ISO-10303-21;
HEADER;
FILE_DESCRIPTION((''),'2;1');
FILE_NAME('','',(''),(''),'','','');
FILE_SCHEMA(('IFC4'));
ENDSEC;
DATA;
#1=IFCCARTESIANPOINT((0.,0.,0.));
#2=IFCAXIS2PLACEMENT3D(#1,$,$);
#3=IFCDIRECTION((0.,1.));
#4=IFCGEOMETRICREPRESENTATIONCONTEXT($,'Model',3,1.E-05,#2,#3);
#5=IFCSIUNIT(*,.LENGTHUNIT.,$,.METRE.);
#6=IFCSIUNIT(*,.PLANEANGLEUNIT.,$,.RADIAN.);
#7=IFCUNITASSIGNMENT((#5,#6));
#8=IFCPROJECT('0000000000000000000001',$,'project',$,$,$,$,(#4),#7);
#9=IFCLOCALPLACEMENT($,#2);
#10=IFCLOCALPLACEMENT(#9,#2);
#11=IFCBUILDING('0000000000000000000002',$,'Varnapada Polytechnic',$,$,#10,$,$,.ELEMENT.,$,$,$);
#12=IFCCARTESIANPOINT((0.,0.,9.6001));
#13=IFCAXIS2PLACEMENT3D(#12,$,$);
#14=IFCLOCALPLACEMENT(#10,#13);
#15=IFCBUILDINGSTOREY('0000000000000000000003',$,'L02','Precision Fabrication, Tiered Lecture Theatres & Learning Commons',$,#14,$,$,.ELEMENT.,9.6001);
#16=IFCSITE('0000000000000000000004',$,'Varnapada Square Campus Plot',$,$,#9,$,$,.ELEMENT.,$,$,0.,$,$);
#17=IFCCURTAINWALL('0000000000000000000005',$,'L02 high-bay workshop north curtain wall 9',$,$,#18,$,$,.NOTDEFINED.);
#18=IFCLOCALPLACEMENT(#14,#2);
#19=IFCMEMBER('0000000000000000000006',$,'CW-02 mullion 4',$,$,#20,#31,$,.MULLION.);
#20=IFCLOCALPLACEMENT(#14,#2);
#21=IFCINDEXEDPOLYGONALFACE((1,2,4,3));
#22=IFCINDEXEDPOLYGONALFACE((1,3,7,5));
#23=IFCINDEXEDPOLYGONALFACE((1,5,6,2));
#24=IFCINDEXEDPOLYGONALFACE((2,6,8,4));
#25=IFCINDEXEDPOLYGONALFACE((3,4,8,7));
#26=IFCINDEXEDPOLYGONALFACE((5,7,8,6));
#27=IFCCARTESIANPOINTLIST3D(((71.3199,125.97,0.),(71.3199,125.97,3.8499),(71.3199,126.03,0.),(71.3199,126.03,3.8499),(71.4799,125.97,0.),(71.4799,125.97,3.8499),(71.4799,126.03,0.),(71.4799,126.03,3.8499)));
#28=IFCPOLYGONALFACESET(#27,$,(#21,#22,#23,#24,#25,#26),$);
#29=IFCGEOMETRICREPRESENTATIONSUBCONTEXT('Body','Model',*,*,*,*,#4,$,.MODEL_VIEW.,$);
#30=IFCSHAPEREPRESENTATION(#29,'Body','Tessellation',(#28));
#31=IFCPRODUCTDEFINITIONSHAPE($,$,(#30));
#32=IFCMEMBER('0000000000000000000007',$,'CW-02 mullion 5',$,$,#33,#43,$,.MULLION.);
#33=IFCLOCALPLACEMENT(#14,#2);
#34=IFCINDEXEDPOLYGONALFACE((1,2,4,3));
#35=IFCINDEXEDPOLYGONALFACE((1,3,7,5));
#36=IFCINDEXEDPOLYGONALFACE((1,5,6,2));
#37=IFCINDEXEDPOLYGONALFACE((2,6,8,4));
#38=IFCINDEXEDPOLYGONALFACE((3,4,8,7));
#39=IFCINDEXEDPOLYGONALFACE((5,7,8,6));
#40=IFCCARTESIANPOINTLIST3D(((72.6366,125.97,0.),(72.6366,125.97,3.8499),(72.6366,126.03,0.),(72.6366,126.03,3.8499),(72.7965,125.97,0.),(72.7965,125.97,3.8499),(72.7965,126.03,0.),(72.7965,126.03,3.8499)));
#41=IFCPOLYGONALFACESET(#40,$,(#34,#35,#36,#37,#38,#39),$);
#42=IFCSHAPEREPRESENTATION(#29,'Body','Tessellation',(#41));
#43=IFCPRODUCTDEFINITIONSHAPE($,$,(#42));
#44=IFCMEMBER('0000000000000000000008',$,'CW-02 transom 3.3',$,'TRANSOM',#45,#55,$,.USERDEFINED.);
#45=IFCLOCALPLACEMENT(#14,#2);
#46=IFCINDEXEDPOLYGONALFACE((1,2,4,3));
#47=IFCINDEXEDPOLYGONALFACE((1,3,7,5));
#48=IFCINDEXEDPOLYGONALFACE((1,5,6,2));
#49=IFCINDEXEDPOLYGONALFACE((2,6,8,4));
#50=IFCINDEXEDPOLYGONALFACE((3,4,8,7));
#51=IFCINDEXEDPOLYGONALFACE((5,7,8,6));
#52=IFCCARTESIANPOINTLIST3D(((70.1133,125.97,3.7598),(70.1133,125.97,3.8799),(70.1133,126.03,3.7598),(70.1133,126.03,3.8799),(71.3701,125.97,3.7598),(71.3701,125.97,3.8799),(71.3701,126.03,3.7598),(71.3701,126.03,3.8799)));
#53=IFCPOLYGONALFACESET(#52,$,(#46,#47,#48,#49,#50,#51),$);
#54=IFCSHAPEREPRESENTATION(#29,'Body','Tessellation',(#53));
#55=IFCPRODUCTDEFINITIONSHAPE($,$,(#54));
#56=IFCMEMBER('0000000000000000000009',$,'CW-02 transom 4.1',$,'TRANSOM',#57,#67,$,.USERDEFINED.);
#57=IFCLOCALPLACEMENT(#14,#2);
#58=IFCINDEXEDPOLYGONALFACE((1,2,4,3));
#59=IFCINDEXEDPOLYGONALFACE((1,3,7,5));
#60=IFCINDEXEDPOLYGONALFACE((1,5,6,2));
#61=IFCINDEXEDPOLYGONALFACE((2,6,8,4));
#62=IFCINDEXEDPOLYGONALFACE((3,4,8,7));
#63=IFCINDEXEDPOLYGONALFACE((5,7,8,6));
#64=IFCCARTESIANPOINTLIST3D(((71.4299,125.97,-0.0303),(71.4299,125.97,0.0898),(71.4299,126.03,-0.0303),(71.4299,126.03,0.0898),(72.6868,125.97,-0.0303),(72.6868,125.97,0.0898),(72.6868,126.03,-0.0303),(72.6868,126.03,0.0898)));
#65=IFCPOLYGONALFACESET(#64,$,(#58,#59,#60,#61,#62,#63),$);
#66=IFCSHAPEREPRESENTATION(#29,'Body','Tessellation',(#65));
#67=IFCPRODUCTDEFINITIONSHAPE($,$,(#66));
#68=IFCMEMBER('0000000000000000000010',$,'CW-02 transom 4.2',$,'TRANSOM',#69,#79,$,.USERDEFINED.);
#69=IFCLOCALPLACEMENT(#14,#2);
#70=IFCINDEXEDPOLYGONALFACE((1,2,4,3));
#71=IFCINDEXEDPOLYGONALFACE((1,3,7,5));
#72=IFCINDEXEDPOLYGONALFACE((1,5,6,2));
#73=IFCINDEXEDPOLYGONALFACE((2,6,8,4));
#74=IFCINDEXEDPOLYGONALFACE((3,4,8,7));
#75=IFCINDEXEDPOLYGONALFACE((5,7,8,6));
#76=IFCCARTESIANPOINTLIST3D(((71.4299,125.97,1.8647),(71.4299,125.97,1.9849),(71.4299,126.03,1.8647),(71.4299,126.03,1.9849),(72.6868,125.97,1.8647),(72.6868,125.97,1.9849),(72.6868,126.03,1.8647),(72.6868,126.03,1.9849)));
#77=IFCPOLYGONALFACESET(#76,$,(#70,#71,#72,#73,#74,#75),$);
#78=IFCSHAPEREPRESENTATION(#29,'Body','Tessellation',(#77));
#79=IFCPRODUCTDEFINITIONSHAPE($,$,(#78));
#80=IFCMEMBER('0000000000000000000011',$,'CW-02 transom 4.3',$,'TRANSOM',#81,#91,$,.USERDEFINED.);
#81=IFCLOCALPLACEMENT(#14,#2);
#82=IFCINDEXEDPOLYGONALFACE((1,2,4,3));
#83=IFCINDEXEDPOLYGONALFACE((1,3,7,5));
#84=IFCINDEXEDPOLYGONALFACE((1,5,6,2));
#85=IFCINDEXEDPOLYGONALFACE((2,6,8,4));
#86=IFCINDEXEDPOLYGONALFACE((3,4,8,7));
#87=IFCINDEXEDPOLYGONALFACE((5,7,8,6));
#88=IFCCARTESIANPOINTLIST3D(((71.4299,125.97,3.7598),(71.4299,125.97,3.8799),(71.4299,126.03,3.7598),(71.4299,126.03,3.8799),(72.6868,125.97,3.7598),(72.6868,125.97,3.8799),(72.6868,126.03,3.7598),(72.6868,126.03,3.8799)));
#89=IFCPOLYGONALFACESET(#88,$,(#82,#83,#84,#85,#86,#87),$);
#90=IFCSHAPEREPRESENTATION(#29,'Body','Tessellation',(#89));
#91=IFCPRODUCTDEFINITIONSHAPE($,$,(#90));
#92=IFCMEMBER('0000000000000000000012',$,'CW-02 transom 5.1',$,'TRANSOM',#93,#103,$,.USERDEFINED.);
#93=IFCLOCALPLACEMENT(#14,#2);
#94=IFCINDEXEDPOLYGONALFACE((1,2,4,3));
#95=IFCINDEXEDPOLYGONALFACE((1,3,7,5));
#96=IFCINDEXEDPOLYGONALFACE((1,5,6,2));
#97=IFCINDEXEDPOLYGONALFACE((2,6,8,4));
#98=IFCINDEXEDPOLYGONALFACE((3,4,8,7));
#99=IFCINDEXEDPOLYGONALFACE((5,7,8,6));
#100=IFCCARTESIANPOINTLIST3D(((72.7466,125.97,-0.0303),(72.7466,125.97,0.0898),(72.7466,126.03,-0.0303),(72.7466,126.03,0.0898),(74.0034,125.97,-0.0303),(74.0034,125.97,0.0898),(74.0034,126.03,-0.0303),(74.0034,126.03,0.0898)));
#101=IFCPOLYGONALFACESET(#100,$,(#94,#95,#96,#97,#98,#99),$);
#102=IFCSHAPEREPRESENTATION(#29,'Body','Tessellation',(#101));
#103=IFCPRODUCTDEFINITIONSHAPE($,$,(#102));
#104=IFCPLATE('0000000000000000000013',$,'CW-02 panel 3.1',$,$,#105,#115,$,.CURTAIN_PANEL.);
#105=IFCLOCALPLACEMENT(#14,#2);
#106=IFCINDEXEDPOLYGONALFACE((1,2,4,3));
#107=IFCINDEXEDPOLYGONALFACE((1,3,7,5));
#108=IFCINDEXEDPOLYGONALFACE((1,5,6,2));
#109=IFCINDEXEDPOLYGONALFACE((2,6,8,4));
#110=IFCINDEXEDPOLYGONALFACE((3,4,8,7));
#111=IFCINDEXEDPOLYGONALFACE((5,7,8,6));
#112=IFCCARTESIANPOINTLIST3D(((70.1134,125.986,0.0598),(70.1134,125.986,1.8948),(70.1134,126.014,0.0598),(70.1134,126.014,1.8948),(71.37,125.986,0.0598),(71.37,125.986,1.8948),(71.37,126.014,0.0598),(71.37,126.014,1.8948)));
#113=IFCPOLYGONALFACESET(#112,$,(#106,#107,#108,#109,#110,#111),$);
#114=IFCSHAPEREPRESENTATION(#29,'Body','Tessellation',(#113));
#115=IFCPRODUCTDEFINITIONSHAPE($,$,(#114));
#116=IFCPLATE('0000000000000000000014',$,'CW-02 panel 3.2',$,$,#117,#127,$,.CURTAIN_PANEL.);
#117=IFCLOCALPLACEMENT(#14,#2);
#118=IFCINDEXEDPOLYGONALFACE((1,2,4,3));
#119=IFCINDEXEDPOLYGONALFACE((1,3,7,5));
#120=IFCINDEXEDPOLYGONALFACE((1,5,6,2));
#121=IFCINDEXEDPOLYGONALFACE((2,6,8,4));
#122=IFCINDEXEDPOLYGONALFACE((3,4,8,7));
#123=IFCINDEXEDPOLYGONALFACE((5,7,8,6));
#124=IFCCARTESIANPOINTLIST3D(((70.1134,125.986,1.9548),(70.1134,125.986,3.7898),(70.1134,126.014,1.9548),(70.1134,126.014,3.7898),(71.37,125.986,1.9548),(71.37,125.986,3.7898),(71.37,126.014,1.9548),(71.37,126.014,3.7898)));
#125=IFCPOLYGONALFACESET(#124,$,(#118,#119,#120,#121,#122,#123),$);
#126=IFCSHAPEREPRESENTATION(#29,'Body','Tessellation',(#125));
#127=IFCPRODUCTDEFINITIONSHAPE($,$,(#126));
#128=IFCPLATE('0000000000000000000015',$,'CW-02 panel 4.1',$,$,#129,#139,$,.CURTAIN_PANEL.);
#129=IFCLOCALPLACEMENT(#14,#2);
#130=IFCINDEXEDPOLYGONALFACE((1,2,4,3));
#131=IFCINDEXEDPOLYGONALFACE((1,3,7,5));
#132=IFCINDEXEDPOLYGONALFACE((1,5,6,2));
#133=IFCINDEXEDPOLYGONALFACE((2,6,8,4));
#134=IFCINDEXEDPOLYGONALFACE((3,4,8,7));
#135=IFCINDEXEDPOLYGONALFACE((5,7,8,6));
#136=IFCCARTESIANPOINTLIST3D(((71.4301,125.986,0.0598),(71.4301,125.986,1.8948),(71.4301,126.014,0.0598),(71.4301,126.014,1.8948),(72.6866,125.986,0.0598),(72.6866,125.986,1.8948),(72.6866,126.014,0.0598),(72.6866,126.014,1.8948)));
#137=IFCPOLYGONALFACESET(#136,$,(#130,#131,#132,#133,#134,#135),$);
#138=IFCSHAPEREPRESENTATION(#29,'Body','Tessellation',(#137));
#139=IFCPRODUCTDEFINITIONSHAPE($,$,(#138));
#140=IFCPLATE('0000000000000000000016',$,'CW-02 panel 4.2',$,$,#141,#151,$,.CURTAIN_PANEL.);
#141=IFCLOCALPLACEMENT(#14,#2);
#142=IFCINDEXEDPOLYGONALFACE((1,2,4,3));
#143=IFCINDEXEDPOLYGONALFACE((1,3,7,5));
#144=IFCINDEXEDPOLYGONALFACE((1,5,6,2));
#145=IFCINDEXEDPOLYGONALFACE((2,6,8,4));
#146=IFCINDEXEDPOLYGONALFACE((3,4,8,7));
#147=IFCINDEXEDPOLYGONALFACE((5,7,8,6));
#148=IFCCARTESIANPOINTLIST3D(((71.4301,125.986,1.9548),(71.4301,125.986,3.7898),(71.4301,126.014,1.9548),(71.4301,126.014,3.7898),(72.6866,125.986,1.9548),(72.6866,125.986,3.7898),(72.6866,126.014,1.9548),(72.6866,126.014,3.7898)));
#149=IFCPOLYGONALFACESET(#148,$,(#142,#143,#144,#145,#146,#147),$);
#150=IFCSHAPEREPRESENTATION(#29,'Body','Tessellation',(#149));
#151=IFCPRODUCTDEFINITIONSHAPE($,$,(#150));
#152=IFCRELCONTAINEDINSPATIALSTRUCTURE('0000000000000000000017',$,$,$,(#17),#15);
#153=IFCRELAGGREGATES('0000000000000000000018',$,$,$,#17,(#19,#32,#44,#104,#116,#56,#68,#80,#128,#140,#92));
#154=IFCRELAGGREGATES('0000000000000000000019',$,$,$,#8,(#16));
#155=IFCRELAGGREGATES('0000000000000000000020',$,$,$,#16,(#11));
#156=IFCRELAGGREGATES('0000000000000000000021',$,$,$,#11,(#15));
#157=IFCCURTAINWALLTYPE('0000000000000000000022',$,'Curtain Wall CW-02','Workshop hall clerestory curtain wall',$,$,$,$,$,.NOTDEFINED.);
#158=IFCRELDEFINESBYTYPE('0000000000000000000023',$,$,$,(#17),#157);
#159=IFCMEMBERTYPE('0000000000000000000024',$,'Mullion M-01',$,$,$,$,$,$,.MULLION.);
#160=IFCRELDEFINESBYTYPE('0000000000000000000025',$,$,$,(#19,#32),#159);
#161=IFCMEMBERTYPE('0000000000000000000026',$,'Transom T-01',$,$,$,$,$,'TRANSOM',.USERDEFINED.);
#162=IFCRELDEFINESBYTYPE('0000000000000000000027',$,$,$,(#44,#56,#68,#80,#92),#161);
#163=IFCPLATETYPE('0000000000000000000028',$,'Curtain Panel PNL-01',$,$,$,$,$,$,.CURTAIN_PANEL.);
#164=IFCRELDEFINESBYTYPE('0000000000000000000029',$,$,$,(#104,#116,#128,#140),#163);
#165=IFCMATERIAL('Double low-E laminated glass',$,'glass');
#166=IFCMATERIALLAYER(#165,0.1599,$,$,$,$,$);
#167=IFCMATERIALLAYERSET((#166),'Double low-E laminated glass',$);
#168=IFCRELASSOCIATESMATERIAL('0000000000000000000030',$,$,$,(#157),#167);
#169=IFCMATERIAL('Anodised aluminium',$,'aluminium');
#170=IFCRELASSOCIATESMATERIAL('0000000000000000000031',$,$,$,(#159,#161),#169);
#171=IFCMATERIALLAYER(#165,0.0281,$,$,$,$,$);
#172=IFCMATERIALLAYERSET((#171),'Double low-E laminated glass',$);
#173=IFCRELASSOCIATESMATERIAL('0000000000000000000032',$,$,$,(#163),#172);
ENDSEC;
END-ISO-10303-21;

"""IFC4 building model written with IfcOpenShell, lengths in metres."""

from ifc_helpers import new_model, si_unit, direction, frame, origin, origin_2d, place, context, subcontext, project, spatial, rectangle, extrude, material, layer, layer_set, material_profile, profile_set, type_object, element, aggregate, save


model = new_model("IFC4")

# Units and contexts
model_context = context("Model", 3, precision=1e-05, world=origin(), true_north=direction((0.0, 1.0)))
body_context = subcontext(model_context, "Body", "Model", "MODEL_VIEW")
ifc_project = project(units=[si_unit("LENGTHUNIT", "METRE"), si_unit("PLANEANGLEUNIT", "RADIAN")], contexts=[model_context])

# Site, building, storey
site_placement = place(None, origin())
site = spatial("IfcSite", under=ifc_project, at=site_placement, Name="Varnapada Square Campus Plot", CompositionType="ELEMENT", RefElevation=0.0)
building_placement = place(site_placement, origin())
building = spatial("IfcBuilding", under=site, at=building_placement, Name="Varnapada Polytechnic", CompositionType="ELEMENT")
storey_placement = place(building_placement, frame((0.0, 0.0, 9.6001)))
storey = spatial("IfcBuildingStorey", under=building, at=storey_placement, Name="L02", Description="Precision Fabrication, Tiered Lecture Theatres & Learning Commons", CompositionType="ELEMENT", Elevation=9.6001)

# Curtain wall, members, plates
ifc_material_1 = material(Name="Double low-E laminated glass", Category="glass")
ifc_layer_1 = layer(ifc_material_1, 0.1599)
ifc_layer_set_1 = layer_set([ifc_layer_1], Name="Double low-E laminated glass")
curtain_wall_type = type_object("IfcCurtainWallType", Name="Curtain Wall CW-02", Description="Workshop hall clerestory curtain wall", PredefinedType="NOTDEFINED", material=ifc_layer_set_1)
curtain_wall_placement = place(storey_placement, origin())
curtain_wall = element("IfcCurtainWall", 1, at=curtain_wall_placement, inside=storey, type_object=curtain_wall_type, Name="L02 high-bay workshop north curtain wall 9", PredefinedType="NOTDEFINED")
ifc_material_2 = material(Name="Anodised aluminium", Category="aluminium")
ifc_material_profile_1 = material_profile(ifc_material_2, rectangle(XDim=0.0601, YDim=0.1599, at=origin_2d()), Name="ALU M60x160")
ifc_profile_set_1 = profile_set([ifc_material_profile_1], Name="Anodised aluminium")
member_type_1 = type_object("IfcMemberType", Name="Mullion M-01", PredefinedType="MULLION", material=ifc_profile_set_1)
member_1_placement = place(storey_placement, frame((71.3999, 126.0, 0.0), z_axis=(0.0, 0.0, 1.0), x_axis=(0.0, 1.0, 0.0)))
member_1 = element("IfcMember", 2, at=member_1_placement, type_object=member_type_1, Name="CW-02 mullion 4", PredefinedType="MULLION", context=body_context, shape_type="SweptSolid", body=[
    extrude(rectangle(XDim=0.0601, YDim=0.1599, at=origin_2d()), origin(), (0.0, 0.0, 1.0), 3.8499),
])
member_2_placement = place(storey_placement, frame((72.7166, 126.0, 0.0), z_axis=(0.0, 0.0, 1.0), x_axis=(0.0, 1.0, 0.0)))
member_2 = element("IfcMember", 3, at=member_2_placement, type_object=member_type_1, Name="CW-02 mullion 5", PredefinedType="MULLION", context=body_context, shape_type="SweptSolid", body=[
    extrude(rectangle(XDim=0.0601, YDim=0.1599, at=origin_2d()), origin(), (0.0, 0.0, 1.0), 3.8499),
])
ifc_material_profile_2 = material_profile(ifc_material_2, rectangle(XDim=0.0601, YDim=0.1201, at=origin_2d()), Name="ALU T60x120")
ifc_profile_set_2 = profile_set([ifc_material_profile_2], Name="Anodised aluminium")
member_type_2 = type_object("IfcMemberType", Name="Transom T-01", ElementType="TRANSOM", PredefinedType="USERDEFINED", material=ifc_profile_set_2)
member_3_placement = place(storey_placement, frame((70.1133, 126.0, 3.8198), z_axis=(1.0, 0.0, 0.0), x_axis=(0.0, 1.0, 0.0)))
member_3 = element("IfcMember", 4, at=member_3_placement, type_object=member_type_2, Name="CW-02 transom 3.3", ObjectType="TRANSOM", PredefinedType="USERDEFINED", context=body_context, shape_type="SweptSolid", body=[
    extrude(rectangle(XDim=0.0601, YDim=0.1201, at=origin_2d()), origin(), (0.0, 0.0, 1.0), 1.2568),
])
member_4_placement = place(storey_placement, frame((71.4299, 126.0, 0.0298), z_axis=(1.0, 0.0, 0.0), x_axis=(0.0, 1.0, 0.0)))
member_4 = element("IfcMember", 5, at=member_4_placement, type_object=member_type_2, Name="CW-02 transom 4.1", ObjectType="TRANSOM", PredefinedType="USERDEFINED", context=body_context, shape_type="SweptSolid", body=[
    extrude(rectangle(XDim=0.0601, YDim=0.1201, at=origin_2d()), origin(), (0.0, 0.0, 1.0), 1.2568),
])
member_5_placement = place(storey_placement, frame((71.4299, 126.0, 1.9248), z_axis=(1.0, 0.0, 0.0), x_axis=(0.0, 1.0, 0.0)))
member_5 = element("IfcMember", 6, at=member_5_placement, type_object=member_type_2, Name="CW-02 transom 4.2", ObjectType="TRANSOM", PredefinedType="USERDEFINED", context=body_context, shape_type="SweptSolid", body=[
    extrude(rectangle(XDim=0.0601, YDim=0.1201, at=origin_2d()), origin(), (0.0, 0.0, 1.0), 1.2568),
])
member_6_placement = place(storey_placement, frame((71.4299, 126.0, 3.8198), z_axis=(1.0, 0.0, 0.0), x_axis=(0.0, 1.0, 0.0)))
member_6 = element("IfcMember", 7, at=member_6_placement, type_object=member_type_2, Name="CW-02 transom 4.3", ObjectType="TRANSOM", PredefinedType="USERDEFINED", context=body_context, shape_type="SweptSolid", body=[
    extrude(rectangle(XDim=0.0601, YDim=0.1201, at=origin_2d()), origin(), (0.0, 0.0, 1.0), 1.2568),
])
member_7_placement = place(storey_placement, frame((72.7466, 126.0, 0.0298), z_axis=(1.0, 0.0, 0.0), x_axis=(0.0, 1.0, 0.0)))
member_7 = element("IfcMember", 8, at=member_7_placement, type_object=member_type_2, Name="CW-02 transom 5.1", ObjectType="TRANSOM", PredefinedType="USERDEFINED", context=body_context, shape_type="SweptSolid", body=[
    extrude(rectangle(XDim=0.0601, YDim=0.1201, at=origin_2d()), origin(), (0.0, 0.0, 1.0), 1.2568),
])
ifc_layer_2 = layer(ifc_material_1, 0.0281)
ifc_layer_set_2 = layer_set([ifc_layer_2], Name="Double low-E laminated glass")
plate_type = type_object("IfcPlateType", Name="Curtain Panel PNL-01", PredefinedType="CURTAIN_PANEL", material=ifc_layer_set_2)
plate_1_placement = place(storey_placement, frame((70.7417, 126.0, 0.0598), z_axis=(0.0, 0.0, 1.0), x_axis=(1.0, 0.0, 0.0)))
plate_1 = element("IfcPlate", 9, at=plate_1_placement, type_object=plate_type, Name="CW-02 panel 3.1", PredefinedType="CURTAIN_PANEL", context=body_context, shape_type="SweptSolid", body=[
    extrude(rectangle(XDim=1.2566, YDim=0.0281, at=origin_2d()), origin(), (0.0, 0.0, 1.0), 1.835),
])
plate_2_placement = place(storey_placement, frame((70.7417, 126.0, 1.9548), z_axis=(0.0, 0.0, 1.0), x_axis=(1.0, 0.0, 0.0)))
plate_2 = element("IfcPlate", 10, at=plate_2_placement, type_object=plate_type, Name="CW-02 panel 3.2", PredefinedType="CURTAIN_PANEL", context=body_context, shape_type="SweptSolid", body=[
    extrude(rectangle(XDim=1.2566, YDim=0.0281, at=origin_2d()), origin(), (0.0, 0.0, 1.0), 1.835),
])
plate_3_placement = place(storey_placement, frame((72.0583, 126.0, 0.0598), z_axis=(0.0, 0.0, 1.0), x_axis=(1.0, 0.0, 0.0)))
plate_3 = element("IfcPlate", 11, at=plate_3_placement, type_object=plate_type, Name="CW-02 panel 4.1", PredefinedType="CURTAIN_PANEL", context=body_context, shape_type="SweptSolid", body=[
    extrude(rectangle(XDim=1.2566, YDim=0.0281, at=origin_2d()), origin(), (0.0, 0.0, 1.0), 1.835),
])
plate_4_placement = place(storey_placement, frame((72.0583, 126.0, 1.9548), z_axis=(0.0, 0.0, 1.0), x_axis=(1.0, 0.0, 0.0)))
plate_4 = element("IfcPlate", 12, at=plate_4_placement, type_object=plate_type, Name="CW-02 panel 4.2", PredefinedType="CURTAIN_PANEL", context=body_context, shape_type="SweptSolid", body=[
    extrude(rectangle(XDim=1.2566, YDim=0.0281, at=origin_2d()), origin(), (0.0, 0.0, 1.0), 1.835),
])
aggregate(curtain_wall, [member_1, member_2, member_3, plate_1, plate_2, member_4, member_5, member_6, plate_3, plate_4, member_7])

save(model, "model.ifc")
